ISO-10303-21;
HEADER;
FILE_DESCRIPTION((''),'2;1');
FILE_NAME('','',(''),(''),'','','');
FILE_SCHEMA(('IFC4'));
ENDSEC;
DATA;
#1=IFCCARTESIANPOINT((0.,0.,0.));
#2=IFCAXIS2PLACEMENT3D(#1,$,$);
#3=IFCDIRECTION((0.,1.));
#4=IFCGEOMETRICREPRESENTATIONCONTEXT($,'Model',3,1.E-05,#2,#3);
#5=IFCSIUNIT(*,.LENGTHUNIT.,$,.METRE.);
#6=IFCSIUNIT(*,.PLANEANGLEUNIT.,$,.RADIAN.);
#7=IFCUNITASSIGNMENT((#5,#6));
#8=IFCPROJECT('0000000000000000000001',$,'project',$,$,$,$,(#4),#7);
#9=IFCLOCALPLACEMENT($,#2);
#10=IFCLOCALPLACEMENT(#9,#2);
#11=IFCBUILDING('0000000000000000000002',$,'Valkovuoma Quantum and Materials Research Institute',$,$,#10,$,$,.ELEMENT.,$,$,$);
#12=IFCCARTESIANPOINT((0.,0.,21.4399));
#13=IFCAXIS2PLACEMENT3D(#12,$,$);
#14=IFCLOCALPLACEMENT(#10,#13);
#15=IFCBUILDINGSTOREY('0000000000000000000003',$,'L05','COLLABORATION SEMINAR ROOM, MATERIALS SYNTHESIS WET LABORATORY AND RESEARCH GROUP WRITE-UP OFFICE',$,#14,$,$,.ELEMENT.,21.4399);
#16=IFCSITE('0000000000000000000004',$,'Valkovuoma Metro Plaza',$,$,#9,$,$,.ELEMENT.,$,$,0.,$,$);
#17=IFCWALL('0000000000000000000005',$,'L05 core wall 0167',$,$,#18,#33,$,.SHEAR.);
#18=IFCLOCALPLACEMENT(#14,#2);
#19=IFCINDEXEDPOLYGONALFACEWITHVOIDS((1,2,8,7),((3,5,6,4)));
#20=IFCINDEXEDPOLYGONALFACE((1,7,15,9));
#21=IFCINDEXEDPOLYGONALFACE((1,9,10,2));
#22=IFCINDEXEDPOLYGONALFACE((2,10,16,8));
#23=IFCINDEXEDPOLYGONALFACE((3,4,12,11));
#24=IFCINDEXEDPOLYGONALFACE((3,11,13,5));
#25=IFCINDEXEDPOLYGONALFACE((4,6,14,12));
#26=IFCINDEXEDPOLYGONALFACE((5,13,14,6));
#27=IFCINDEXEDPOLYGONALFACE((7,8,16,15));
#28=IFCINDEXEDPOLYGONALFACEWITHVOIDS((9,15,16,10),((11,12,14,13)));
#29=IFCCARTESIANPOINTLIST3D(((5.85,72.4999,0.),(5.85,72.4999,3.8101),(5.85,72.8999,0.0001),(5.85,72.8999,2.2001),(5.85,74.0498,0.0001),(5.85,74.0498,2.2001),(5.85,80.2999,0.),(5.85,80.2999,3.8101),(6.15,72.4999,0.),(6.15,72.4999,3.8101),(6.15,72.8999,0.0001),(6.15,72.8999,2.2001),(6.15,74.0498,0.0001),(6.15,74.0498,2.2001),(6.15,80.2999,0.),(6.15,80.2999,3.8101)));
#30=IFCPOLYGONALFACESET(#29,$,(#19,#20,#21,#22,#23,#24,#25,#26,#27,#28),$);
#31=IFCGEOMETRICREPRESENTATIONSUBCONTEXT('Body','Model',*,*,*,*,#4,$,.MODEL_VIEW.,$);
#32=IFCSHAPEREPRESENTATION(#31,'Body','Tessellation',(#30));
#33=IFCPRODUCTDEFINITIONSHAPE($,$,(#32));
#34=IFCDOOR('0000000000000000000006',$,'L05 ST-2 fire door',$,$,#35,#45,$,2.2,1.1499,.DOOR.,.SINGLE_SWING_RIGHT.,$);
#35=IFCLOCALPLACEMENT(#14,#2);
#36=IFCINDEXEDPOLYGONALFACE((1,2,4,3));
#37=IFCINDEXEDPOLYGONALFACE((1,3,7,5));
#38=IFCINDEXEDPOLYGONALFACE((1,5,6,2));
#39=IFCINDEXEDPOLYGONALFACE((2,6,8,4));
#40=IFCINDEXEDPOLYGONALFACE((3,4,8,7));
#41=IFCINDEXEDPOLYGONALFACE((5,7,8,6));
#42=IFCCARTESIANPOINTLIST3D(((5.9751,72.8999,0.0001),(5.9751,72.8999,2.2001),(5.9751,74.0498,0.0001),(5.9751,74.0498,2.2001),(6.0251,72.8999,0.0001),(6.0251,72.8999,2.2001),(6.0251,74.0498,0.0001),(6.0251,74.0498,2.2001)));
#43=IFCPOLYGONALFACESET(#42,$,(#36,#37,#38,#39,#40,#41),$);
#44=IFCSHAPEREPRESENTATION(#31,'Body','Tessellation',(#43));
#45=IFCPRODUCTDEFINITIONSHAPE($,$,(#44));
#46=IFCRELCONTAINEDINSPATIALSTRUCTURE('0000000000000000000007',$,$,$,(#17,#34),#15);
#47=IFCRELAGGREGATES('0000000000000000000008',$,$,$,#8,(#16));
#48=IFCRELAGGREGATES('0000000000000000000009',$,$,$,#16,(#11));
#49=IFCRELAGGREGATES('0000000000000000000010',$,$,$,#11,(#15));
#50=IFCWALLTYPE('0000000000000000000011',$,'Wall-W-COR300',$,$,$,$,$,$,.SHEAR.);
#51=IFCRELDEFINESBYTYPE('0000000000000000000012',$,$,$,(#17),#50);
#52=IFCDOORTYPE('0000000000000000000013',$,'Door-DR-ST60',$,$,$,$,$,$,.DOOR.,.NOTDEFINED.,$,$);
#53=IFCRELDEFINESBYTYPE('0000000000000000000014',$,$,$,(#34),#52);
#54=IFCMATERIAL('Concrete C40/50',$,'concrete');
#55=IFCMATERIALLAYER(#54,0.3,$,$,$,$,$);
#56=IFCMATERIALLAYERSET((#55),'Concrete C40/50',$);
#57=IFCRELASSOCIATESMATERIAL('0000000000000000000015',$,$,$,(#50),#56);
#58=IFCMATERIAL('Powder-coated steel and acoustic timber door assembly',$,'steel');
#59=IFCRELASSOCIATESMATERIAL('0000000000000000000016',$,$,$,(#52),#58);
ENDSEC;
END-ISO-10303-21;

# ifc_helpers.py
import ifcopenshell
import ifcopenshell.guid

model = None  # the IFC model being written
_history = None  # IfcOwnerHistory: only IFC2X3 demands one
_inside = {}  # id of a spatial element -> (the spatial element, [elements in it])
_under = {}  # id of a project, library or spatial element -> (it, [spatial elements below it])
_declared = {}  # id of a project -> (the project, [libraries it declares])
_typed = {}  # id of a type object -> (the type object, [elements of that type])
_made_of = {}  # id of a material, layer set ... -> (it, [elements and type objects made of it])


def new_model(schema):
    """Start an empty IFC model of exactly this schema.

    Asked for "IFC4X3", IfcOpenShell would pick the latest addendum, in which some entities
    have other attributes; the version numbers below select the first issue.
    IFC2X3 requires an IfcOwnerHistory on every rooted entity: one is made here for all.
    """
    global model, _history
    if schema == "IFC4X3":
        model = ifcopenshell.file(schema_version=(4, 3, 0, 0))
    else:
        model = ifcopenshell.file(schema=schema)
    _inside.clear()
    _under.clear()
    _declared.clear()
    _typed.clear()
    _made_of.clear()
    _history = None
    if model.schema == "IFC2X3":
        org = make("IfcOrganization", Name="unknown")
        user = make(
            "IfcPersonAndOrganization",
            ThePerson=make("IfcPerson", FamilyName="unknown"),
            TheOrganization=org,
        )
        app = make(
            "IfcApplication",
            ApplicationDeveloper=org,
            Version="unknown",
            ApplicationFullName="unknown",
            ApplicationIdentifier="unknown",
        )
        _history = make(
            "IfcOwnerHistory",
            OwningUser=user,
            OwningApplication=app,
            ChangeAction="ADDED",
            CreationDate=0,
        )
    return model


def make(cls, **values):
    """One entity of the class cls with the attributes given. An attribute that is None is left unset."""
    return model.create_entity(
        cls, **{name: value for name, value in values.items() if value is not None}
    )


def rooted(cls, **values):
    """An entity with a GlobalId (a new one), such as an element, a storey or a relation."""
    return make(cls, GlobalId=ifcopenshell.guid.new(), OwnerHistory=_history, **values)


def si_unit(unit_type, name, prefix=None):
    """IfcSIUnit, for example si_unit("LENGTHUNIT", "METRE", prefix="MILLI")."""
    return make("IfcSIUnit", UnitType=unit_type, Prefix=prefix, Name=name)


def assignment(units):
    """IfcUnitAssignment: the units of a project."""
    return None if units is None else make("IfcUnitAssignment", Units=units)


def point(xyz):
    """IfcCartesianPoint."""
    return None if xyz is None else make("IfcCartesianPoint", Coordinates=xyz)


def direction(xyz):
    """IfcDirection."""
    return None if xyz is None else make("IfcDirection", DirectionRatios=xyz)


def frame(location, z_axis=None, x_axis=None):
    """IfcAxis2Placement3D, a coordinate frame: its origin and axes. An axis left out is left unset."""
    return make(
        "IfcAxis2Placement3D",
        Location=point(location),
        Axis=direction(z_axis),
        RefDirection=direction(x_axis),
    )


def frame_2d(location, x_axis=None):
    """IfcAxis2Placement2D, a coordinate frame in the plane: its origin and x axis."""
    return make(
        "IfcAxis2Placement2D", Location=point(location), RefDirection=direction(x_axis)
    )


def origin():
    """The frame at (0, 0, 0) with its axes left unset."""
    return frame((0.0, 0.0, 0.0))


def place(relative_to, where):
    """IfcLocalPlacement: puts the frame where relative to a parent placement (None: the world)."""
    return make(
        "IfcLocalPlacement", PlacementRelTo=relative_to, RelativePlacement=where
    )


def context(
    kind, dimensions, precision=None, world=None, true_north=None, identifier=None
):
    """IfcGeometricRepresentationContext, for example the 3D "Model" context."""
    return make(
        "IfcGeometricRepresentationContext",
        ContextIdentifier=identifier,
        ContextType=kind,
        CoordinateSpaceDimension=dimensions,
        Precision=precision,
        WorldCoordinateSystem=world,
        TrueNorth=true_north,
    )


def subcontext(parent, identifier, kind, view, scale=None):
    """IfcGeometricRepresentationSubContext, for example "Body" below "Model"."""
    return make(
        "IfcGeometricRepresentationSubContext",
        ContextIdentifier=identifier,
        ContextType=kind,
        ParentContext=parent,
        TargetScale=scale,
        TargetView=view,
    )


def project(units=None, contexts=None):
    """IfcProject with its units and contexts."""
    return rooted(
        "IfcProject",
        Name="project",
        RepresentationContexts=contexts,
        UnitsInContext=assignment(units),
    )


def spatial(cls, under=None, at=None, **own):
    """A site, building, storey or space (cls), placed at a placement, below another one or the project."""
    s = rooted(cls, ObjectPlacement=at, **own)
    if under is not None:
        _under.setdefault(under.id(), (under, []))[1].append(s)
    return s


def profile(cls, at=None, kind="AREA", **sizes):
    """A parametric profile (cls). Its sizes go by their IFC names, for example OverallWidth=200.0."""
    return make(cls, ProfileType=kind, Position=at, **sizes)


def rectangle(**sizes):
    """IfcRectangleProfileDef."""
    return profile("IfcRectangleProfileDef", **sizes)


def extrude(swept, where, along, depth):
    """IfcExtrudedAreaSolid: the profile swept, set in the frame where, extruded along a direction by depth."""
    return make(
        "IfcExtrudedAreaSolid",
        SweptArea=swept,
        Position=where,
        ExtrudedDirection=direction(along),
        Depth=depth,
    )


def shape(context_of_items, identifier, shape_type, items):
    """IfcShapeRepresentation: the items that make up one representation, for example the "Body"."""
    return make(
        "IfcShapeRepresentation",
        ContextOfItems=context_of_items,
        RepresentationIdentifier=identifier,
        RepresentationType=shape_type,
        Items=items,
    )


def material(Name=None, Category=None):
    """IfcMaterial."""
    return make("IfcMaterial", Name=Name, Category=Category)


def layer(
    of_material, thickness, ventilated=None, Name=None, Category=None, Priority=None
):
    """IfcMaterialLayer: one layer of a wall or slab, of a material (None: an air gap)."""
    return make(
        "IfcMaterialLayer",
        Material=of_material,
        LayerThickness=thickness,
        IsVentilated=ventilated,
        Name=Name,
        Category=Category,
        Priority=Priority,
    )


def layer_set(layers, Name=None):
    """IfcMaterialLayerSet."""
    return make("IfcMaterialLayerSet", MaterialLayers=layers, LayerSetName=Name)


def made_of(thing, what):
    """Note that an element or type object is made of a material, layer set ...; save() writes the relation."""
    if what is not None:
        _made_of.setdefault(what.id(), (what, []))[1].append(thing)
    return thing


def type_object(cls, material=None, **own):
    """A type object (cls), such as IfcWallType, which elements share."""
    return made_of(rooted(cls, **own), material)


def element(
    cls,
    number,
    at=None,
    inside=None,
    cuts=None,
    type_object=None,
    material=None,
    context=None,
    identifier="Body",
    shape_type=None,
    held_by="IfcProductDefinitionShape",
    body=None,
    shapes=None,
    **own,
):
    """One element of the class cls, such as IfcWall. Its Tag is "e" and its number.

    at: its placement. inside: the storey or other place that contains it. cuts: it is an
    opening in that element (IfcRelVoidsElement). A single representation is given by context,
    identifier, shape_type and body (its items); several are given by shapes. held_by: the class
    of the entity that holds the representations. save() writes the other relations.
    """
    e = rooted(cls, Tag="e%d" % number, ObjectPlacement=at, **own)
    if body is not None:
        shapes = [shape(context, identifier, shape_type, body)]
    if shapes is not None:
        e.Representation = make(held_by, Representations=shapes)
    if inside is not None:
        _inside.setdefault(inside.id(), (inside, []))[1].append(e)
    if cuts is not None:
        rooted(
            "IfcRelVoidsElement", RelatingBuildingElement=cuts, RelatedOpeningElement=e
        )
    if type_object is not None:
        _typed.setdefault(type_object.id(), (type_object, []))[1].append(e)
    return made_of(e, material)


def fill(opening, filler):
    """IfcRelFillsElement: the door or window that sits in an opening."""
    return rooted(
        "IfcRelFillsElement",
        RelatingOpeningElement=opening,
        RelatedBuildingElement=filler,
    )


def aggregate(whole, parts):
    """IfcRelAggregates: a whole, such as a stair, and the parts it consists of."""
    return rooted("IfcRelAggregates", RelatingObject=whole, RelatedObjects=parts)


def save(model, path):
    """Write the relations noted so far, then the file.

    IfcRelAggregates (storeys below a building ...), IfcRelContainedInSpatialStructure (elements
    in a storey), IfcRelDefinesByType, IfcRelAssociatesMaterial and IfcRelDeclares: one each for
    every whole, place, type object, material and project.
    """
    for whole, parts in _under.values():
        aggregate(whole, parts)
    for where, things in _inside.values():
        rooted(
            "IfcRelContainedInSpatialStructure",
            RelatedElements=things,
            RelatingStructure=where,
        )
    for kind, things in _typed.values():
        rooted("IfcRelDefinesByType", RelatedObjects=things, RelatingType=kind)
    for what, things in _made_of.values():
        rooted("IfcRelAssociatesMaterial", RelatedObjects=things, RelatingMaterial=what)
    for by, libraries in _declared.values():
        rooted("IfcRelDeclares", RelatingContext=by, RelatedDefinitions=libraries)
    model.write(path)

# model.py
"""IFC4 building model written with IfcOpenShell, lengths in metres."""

from ifc_helpers import new_model, si_unit, direction, frame, frame_2d, origin, place, context, subcontext, project, spatial, rectangle, extrude, material, layer, layer_set, type_object, element, fill, save


model = new_model("IFC4")

# Units and contexts
model_context = context("Model", 3, precision=1e-05, world=origin(), true_north=direction((0.0, 1.0)))
body_context = subcontext(model_context, "Body", "Model", "MODEL_VIEW")
ifc_project = project(units=[si_unit("LENGTHUNIT", "METRE"), si_unit("PLANEANGLEUNIT", "RADIAN")], contexts=[model_context])

# Site, building, storey
site_placement = place(None, origin())
site = spatial("IfcSite", under=ifc_project, at=site_placement, Name="Valkovuoma Metro Plaza", CompositionType="ELEMENT", RefElevation=0.0)
building_placement = place(site_placement, origin())
building = spatial("IfcBuilding", under=site, at=building_placement, Name="Valkovuoma Quantum and Materials Research Institute", CompositionType="ELEMENT")
storey_placement = place(building_placement, frame((0.0, 0.0, 21.4399)))
storey = spatial("IfcBuildingStorey", under=building, at=storey_placement, Name="L05", Description="COLLABORATION SEMINAR ROOM, MATERIALS SYNTHESIS WET LABORATORY AND RESEARCH GROUP WRITE-UP OFFICE", CompositionType="ELEMENT", Elevation=21.4399)

# Shared definitions
ifc_material_1 = material(Name="Concrete C40/50", Category="concrete")
ifc_layer_1 = layer(ifc_material_1, 0.3)
ifc_layer_set_1 = layer_set([ifc_layer_1], Name="Concrete C40/50")
wall_type = type_object("IfcWallType", Name="Wall-W-COR300", PredefinedType="SHEAR", material=ifc_layer_set_1)

# Wall, opening, door
wall_1_placement = place(storey_placement, frame((6.0, 72.5, 0.0), z_axis=(0.0, 0.0, 1.0), x_axis=(0.0, 1.0, 0.0)))
wall_1 = element("IfcWall", 1, at=wall_1_placement, inside=storey, type_object=wall_type, Name="L05 core wall 0167", PredefinedType="SHEAR", context=body_context, shape_type="SweptSolid", body=[
    extrude(rectangle(XDim=7.8, YDim=0.3, at=frame_2d((3.8999, 0.0))), origin(), (0.0, 0.0, 1.0), 3.8101),
])
opening_placement = place(wall_1_placement, frame((0.3999, 0.0, 0.0)))
opening = element("IfcOpeningElement", 2, at=opening_placement, cuts=wall_1, PredefinedType="OPENING", context=body_context, shape_type="SweptSolid", body=[
    extrude(rectangle(XDim=1.1499, YDim=2.2, at=frame_2d((0.575, 1.1001))), frame((0.0, 0.1602, 0.0), z_axis=(0.0, -1.0, 0.0), x_axis=(1.0, 0.0, 0.0)), (0.0, 0.0, 1.0), 0.3201),
])
ifc_material_2 = material(Name="Powder-coated steel and acoustic timber door assembly", Category="steel")
door_type = type_object("IfcDoorType", Name="Door-DR-ST60", OperationType="NOTDEFINED", PredefinedType="DOOR", material=ifc_material_2)
door_placement = place(opening_placement, origin())
door = element("IfcDoor", 3, at=door_placement, inside=storey, type_object=door_type, Name="L05 ST-2 fire door", OperationType="SINGLE_SWING_RIGHT", OverallHeight=2.2, OverallWidth=1.1499, PredefinedType="DOOR", context=body_context, shape_type="SweptSolid", body=[
    extrude(rectangle(XDim=1.1499, YDim=2.2, at=frame_2d((0.575, 1.1001))), frame((0.0, 0.0249, 0.0), z_axis=(0.0, -1.0, 0.0), x_axis=(1.0, 0.0, 0.0)), (0.0, 0.0, 1.0), 0.05),
])
fill(opening, door)

save(model, "model.ifc")
